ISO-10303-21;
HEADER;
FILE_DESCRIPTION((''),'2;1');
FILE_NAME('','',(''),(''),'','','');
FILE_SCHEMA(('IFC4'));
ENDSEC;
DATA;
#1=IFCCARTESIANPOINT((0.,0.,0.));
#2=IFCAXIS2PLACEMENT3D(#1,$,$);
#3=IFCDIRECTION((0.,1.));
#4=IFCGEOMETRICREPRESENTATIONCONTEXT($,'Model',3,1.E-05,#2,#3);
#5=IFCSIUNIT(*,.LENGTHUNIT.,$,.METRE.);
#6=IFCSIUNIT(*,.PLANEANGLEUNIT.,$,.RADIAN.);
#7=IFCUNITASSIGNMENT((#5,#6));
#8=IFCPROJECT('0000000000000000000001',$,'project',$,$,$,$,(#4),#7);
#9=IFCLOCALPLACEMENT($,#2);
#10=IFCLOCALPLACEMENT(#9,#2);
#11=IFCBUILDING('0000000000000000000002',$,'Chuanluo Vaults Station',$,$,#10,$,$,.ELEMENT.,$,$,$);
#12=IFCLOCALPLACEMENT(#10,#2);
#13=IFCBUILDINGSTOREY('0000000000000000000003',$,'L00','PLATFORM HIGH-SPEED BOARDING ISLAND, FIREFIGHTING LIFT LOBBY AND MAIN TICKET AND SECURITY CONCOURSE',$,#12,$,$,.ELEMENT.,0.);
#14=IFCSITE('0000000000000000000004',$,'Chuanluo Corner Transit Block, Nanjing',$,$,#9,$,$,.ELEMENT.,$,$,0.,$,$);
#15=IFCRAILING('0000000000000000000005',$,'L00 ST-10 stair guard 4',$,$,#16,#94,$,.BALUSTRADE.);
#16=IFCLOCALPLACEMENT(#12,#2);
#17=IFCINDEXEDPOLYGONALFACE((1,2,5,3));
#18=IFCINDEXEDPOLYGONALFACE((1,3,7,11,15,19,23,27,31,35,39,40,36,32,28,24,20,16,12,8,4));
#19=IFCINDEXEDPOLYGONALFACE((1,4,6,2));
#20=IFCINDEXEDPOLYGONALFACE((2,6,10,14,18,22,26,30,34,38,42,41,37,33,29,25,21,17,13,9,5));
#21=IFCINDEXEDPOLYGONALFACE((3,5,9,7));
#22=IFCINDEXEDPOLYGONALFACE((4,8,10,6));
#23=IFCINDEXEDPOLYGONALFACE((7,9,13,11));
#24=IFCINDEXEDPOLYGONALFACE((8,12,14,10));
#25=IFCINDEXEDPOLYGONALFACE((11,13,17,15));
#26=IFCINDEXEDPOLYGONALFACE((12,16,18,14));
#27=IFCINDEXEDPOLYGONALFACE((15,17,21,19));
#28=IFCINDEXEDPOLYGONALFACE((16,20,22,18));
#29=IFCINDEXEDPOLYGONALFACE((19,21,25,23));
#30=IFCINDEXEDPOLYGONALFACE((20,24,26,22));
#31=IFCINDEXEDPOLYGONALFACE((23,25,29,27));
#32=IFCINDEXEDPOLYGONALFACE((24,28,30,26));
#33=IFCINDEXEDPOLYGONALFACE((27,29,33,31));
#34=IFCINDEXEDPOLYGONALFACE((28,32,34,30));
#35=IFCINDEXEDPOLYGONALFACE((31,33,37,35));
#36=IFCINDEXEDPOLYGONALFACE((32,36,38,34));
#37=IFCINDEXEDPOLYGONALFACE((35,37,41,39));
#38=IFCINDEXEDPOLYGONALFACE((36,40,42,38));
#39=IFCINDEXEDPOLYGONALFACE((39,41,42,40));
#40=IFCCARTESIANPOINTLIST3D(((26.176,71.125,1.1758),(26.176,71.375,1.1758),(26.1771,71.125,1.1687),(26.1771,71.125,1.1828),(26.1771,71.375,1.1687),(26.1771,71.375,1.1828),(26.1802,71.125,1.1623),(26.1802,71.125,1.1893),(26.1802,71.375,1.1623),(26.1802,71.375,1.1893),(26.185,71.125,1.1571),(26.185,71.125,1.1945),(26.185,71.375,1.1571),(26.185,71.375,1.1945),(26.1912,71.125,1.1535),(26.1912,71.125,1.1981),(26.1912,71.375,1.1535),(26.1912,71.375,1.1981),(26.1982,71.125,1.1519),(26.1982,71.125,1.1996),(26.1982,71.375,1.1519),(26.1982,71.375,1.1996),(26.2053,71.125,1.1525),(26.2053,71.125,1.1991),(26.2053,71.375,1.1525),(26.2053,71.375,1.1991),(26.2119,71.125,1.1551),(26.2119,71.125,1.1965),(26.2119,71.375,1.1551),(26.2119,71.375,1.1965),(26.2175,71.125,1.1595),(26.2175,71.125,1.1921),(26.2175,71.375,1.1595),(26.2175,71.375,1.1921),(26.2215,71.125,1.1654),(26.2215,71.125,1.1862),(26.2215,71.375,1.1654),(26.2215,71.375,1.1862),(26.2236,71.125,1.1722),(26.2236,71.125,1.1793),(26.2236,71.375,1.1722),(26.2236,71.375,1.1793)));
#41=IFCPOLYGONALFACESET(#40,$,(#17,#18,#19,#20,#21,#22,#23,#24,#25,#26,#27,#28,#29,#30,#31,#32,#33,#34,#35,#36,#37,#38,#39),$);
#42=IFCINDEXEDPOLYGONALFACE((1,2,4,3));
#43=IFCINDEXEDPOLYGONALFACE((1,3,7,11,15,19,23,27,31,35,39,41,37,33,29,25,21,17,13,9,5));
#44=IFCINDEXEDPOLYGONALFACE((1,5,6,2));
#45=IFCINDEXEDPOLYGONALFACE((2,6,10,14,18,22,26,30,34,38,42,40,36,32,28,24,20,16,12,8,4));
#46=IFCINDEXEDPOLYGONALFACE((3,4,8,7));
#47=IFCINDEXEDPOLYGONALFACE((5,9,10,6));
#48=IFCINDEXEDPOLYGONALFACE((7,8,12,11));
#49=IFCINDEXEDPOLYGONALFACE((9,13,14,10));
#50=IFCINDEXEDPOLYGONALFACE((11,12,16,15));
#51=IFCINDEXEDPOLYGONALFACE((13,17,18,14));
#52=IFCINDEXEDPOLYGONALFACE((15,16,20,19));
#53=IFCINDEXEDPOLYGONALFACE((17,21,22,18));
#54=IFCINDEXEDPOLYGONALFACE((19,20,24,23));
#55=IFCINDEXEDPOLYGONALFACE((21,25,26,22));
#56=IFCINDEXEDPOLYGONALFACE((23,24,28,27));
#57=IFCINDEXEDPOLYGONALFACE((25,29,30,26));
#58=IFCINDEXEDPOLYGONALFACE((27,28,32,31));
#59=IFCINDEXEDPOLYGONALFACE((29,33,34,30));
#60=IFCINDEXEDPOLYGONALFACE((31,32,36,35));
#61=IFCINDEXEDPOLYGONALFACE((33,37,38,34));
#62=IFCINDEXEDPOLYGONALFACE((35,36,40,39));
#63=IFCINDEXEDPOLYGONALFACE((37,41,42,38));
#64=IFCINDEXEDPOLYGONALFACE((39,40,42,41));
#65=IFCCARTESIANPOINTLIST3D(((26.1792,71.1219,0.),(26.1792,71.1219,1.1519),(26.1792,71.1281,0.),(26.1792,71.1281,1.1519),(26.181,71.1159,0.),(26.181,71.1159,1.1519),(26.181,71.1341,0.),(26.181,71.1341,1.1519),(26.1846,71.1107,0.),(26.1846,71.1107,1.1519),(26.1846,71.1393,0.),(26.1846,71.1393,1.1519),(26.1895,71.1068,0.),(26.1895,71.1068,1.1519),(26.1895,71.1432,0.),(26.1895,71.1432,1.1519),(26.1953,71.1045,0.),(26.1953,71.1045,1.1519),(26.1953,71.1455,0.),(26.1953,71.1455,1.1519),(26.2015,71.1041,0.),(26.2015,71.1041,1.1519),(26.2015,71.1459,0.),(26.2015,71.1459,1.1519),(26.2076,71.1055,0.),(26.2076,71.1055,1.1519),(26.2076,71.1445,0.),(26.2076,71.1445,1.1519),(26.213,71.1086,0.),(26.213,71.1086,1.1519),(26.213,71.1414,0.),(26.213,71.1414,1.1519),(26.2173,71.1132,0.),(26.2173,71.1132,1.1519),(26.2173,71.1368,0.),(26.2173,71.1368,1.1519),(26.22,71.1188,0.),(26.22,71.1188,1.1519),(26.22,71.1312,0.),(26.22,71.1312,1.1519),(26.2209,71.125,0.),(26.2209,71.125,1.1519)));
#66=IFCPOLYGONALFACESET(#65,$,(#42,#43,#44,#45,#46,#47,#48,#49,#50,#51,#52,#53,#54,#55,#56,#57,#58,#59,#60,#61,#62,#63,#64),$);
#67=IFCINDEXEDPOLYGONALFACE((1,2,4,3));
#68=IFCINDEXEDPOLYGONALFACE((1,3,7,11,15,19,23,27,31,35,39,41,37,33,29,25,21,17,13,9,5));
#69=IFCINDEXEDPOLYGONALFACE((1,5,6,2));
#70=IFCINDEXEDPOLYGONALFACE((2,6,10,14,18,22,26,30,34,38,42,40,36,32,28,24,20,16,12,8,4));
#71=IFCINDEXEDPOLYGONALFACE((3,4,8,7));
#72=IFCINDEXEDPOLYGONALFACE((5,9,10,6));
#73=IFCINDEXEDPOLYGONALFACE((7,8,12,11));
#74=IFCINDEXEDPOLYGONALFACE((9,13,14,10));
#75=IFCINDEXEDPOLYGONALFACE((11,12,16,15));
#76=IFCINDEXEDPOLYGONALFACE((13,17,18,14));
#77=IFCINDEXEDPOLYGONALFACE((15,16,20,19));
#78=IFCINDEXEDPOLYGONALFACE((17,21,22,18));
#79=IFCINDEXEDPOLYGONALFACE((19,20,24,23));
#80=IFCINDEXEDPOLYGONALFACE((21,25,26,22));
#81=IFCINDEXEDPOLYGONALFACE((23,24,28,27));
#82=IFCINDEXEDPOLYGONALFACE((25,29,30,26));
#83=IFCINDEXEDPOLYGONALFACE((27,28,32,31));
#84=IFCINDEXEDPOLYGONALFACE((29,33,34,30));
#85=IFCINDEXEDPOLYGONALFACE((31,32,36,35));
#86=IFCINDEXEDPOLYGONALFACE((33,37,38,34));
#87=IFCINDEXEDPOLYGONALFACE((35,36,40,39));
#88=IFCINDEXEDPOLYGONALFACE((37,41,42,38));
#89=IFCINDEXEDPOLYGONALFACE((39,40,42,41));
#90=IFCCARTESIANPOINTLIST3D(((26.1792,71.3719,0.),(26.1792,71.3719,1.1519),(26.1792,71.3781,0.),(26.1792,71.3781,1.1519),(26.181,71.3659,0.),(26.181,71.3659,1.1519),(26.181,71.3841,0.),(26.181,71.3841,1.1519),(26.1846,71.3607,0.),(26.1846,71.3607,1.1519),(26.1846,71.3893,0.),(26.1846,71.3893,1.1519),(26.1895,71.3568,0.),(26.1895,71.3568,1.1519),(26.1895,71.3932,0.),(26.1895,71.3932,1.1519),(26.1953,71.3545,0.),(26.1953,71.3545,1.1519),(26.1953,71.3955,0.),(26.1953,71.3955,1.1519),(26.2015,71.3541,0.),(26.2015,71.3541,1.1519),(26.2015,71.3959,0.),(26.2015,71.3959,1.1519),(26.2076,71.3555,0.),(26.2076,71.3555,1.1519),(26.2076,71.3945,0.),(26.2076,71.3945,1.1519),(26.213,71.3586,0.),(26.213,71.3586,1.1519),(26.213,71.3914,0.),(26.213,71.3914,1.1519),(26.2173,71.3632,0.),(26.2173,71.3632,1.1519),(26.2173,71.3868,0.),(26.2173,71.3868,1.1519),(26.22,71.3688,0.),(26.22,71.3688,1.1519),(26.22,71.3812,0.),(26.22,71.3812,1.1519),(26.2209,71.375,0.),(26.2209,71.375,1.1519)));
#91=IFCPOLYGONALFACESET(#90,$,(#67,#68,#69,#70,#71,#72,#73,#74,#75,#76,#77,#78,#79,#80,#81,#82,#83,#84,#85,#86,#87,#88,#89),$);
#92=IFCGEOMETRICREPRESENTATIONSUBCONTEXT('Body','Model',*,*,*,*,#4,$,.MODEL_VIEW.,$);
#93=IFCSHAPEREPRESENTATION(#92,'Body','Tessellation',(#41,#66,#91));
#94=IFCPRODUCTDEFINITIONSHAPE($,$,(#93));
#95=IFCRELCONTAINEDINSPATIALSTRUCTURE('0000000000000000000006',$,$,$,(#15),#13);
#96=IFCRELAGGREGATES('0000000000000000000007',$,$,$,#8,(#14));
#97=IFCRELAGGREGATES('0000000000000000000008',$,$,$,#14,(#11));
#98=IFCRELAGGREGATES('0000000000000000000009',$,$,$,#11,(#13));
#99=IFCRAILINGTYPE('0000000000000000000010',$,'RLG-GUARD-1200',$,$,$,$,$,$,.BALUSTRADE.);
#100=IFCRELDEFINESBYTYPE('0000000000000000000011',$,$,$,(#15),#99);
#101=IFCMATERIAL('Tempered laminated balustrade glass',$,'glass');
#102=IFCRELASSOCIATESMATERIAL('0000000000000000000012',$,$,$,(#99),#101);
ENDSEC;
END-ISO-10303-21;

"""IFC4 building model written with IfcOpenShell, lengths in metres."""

from ifc_helpers import new_model, si_unit, direction, frame, origin, origin_2d, place, context, subcontext, project, spatial, circle, extrude, material, type_object, element, save


model = new_model("IFC4")

# Units and contexts
model_context = context("Model", 3, precision=1e-05, world=origin(), true_north=direction((0.0, 1.0)))
body_context = subcontext(model_context, "Body", "Model", "MODEL_VIEW")
ifc_project = project(units=[si_unit("LENGTHUNIT", "METRE"), si_unit("PLANEANGLEUNIT", "RADIAN")], contexts=[model_context])

# Site, building, storey
site_placement = place(None, origin())
site = spatial("IfcSite", under=ifc_project, at=site_placement, Name="Chuanluo Corner Transit Block, Nanjing", CompositionType="ELEMENT", RefElevation=0.0)
building_placement = place(site_placement, origin())
building = spatial("IfcBuilding", under=site, at=building_placement, Name="Chuanluo Vaults Station", CompositionType="ELEMENT")
storey_placement = place(building_placement, origin())
storey = spatial("IfcBuildingStorey", under=building, at=storey_placement, Name="L00", Description="PLATFORM HIGH-SPEED BOARDING ISLAND, FIREFIGHTING LIFT LOBBY AND MAIN TICKET AND SECURITY CONCOURSE", CompositionType="ELEMENT", Elevation=0.0)

# Railing
ifc_material_1 = material(Name="Tempered laminated balustrade glass", Category="glass")
railing_type_1 = type_object("IfcRailingType", Name="RLG-GUARD-1200", PredefinedType="BALUSTRADE", material=ifc_material_1)
railing_1_placement = place(storey_placement, frame((26.2, 71.125, 0.0)))
element("IfcRailing", 1, at=railing_1_placement, inside=storey, type_object=railing_type_1, Name="L00 ST-10 stair guard 4", PredefinedType="BALUSTRADE", context=body_context, shape_type="SweptSolid", body=[
    extrude(circle(Radius=0.0239, at=origin_2d()), frame((0.0, 0.0, 1.1758), z_axis=(0.0, 1.0, 0.0), x_axis=(-1.0, 0.0, 0.0)), (0.0, 0.0, 1.0), 0.25),
    extrude(circle(Radius=0.021, at=origin_2d()), origin(), (0.0, 0.0, 1.0), 1.1519),
    extrude(circle(Radius=0.021, at=origin_2d()), frame((0.0, 0.25, 0.0)), (0.0, 0.0, 1.0), 1.1519),
])

save(model, "model.ifc")
